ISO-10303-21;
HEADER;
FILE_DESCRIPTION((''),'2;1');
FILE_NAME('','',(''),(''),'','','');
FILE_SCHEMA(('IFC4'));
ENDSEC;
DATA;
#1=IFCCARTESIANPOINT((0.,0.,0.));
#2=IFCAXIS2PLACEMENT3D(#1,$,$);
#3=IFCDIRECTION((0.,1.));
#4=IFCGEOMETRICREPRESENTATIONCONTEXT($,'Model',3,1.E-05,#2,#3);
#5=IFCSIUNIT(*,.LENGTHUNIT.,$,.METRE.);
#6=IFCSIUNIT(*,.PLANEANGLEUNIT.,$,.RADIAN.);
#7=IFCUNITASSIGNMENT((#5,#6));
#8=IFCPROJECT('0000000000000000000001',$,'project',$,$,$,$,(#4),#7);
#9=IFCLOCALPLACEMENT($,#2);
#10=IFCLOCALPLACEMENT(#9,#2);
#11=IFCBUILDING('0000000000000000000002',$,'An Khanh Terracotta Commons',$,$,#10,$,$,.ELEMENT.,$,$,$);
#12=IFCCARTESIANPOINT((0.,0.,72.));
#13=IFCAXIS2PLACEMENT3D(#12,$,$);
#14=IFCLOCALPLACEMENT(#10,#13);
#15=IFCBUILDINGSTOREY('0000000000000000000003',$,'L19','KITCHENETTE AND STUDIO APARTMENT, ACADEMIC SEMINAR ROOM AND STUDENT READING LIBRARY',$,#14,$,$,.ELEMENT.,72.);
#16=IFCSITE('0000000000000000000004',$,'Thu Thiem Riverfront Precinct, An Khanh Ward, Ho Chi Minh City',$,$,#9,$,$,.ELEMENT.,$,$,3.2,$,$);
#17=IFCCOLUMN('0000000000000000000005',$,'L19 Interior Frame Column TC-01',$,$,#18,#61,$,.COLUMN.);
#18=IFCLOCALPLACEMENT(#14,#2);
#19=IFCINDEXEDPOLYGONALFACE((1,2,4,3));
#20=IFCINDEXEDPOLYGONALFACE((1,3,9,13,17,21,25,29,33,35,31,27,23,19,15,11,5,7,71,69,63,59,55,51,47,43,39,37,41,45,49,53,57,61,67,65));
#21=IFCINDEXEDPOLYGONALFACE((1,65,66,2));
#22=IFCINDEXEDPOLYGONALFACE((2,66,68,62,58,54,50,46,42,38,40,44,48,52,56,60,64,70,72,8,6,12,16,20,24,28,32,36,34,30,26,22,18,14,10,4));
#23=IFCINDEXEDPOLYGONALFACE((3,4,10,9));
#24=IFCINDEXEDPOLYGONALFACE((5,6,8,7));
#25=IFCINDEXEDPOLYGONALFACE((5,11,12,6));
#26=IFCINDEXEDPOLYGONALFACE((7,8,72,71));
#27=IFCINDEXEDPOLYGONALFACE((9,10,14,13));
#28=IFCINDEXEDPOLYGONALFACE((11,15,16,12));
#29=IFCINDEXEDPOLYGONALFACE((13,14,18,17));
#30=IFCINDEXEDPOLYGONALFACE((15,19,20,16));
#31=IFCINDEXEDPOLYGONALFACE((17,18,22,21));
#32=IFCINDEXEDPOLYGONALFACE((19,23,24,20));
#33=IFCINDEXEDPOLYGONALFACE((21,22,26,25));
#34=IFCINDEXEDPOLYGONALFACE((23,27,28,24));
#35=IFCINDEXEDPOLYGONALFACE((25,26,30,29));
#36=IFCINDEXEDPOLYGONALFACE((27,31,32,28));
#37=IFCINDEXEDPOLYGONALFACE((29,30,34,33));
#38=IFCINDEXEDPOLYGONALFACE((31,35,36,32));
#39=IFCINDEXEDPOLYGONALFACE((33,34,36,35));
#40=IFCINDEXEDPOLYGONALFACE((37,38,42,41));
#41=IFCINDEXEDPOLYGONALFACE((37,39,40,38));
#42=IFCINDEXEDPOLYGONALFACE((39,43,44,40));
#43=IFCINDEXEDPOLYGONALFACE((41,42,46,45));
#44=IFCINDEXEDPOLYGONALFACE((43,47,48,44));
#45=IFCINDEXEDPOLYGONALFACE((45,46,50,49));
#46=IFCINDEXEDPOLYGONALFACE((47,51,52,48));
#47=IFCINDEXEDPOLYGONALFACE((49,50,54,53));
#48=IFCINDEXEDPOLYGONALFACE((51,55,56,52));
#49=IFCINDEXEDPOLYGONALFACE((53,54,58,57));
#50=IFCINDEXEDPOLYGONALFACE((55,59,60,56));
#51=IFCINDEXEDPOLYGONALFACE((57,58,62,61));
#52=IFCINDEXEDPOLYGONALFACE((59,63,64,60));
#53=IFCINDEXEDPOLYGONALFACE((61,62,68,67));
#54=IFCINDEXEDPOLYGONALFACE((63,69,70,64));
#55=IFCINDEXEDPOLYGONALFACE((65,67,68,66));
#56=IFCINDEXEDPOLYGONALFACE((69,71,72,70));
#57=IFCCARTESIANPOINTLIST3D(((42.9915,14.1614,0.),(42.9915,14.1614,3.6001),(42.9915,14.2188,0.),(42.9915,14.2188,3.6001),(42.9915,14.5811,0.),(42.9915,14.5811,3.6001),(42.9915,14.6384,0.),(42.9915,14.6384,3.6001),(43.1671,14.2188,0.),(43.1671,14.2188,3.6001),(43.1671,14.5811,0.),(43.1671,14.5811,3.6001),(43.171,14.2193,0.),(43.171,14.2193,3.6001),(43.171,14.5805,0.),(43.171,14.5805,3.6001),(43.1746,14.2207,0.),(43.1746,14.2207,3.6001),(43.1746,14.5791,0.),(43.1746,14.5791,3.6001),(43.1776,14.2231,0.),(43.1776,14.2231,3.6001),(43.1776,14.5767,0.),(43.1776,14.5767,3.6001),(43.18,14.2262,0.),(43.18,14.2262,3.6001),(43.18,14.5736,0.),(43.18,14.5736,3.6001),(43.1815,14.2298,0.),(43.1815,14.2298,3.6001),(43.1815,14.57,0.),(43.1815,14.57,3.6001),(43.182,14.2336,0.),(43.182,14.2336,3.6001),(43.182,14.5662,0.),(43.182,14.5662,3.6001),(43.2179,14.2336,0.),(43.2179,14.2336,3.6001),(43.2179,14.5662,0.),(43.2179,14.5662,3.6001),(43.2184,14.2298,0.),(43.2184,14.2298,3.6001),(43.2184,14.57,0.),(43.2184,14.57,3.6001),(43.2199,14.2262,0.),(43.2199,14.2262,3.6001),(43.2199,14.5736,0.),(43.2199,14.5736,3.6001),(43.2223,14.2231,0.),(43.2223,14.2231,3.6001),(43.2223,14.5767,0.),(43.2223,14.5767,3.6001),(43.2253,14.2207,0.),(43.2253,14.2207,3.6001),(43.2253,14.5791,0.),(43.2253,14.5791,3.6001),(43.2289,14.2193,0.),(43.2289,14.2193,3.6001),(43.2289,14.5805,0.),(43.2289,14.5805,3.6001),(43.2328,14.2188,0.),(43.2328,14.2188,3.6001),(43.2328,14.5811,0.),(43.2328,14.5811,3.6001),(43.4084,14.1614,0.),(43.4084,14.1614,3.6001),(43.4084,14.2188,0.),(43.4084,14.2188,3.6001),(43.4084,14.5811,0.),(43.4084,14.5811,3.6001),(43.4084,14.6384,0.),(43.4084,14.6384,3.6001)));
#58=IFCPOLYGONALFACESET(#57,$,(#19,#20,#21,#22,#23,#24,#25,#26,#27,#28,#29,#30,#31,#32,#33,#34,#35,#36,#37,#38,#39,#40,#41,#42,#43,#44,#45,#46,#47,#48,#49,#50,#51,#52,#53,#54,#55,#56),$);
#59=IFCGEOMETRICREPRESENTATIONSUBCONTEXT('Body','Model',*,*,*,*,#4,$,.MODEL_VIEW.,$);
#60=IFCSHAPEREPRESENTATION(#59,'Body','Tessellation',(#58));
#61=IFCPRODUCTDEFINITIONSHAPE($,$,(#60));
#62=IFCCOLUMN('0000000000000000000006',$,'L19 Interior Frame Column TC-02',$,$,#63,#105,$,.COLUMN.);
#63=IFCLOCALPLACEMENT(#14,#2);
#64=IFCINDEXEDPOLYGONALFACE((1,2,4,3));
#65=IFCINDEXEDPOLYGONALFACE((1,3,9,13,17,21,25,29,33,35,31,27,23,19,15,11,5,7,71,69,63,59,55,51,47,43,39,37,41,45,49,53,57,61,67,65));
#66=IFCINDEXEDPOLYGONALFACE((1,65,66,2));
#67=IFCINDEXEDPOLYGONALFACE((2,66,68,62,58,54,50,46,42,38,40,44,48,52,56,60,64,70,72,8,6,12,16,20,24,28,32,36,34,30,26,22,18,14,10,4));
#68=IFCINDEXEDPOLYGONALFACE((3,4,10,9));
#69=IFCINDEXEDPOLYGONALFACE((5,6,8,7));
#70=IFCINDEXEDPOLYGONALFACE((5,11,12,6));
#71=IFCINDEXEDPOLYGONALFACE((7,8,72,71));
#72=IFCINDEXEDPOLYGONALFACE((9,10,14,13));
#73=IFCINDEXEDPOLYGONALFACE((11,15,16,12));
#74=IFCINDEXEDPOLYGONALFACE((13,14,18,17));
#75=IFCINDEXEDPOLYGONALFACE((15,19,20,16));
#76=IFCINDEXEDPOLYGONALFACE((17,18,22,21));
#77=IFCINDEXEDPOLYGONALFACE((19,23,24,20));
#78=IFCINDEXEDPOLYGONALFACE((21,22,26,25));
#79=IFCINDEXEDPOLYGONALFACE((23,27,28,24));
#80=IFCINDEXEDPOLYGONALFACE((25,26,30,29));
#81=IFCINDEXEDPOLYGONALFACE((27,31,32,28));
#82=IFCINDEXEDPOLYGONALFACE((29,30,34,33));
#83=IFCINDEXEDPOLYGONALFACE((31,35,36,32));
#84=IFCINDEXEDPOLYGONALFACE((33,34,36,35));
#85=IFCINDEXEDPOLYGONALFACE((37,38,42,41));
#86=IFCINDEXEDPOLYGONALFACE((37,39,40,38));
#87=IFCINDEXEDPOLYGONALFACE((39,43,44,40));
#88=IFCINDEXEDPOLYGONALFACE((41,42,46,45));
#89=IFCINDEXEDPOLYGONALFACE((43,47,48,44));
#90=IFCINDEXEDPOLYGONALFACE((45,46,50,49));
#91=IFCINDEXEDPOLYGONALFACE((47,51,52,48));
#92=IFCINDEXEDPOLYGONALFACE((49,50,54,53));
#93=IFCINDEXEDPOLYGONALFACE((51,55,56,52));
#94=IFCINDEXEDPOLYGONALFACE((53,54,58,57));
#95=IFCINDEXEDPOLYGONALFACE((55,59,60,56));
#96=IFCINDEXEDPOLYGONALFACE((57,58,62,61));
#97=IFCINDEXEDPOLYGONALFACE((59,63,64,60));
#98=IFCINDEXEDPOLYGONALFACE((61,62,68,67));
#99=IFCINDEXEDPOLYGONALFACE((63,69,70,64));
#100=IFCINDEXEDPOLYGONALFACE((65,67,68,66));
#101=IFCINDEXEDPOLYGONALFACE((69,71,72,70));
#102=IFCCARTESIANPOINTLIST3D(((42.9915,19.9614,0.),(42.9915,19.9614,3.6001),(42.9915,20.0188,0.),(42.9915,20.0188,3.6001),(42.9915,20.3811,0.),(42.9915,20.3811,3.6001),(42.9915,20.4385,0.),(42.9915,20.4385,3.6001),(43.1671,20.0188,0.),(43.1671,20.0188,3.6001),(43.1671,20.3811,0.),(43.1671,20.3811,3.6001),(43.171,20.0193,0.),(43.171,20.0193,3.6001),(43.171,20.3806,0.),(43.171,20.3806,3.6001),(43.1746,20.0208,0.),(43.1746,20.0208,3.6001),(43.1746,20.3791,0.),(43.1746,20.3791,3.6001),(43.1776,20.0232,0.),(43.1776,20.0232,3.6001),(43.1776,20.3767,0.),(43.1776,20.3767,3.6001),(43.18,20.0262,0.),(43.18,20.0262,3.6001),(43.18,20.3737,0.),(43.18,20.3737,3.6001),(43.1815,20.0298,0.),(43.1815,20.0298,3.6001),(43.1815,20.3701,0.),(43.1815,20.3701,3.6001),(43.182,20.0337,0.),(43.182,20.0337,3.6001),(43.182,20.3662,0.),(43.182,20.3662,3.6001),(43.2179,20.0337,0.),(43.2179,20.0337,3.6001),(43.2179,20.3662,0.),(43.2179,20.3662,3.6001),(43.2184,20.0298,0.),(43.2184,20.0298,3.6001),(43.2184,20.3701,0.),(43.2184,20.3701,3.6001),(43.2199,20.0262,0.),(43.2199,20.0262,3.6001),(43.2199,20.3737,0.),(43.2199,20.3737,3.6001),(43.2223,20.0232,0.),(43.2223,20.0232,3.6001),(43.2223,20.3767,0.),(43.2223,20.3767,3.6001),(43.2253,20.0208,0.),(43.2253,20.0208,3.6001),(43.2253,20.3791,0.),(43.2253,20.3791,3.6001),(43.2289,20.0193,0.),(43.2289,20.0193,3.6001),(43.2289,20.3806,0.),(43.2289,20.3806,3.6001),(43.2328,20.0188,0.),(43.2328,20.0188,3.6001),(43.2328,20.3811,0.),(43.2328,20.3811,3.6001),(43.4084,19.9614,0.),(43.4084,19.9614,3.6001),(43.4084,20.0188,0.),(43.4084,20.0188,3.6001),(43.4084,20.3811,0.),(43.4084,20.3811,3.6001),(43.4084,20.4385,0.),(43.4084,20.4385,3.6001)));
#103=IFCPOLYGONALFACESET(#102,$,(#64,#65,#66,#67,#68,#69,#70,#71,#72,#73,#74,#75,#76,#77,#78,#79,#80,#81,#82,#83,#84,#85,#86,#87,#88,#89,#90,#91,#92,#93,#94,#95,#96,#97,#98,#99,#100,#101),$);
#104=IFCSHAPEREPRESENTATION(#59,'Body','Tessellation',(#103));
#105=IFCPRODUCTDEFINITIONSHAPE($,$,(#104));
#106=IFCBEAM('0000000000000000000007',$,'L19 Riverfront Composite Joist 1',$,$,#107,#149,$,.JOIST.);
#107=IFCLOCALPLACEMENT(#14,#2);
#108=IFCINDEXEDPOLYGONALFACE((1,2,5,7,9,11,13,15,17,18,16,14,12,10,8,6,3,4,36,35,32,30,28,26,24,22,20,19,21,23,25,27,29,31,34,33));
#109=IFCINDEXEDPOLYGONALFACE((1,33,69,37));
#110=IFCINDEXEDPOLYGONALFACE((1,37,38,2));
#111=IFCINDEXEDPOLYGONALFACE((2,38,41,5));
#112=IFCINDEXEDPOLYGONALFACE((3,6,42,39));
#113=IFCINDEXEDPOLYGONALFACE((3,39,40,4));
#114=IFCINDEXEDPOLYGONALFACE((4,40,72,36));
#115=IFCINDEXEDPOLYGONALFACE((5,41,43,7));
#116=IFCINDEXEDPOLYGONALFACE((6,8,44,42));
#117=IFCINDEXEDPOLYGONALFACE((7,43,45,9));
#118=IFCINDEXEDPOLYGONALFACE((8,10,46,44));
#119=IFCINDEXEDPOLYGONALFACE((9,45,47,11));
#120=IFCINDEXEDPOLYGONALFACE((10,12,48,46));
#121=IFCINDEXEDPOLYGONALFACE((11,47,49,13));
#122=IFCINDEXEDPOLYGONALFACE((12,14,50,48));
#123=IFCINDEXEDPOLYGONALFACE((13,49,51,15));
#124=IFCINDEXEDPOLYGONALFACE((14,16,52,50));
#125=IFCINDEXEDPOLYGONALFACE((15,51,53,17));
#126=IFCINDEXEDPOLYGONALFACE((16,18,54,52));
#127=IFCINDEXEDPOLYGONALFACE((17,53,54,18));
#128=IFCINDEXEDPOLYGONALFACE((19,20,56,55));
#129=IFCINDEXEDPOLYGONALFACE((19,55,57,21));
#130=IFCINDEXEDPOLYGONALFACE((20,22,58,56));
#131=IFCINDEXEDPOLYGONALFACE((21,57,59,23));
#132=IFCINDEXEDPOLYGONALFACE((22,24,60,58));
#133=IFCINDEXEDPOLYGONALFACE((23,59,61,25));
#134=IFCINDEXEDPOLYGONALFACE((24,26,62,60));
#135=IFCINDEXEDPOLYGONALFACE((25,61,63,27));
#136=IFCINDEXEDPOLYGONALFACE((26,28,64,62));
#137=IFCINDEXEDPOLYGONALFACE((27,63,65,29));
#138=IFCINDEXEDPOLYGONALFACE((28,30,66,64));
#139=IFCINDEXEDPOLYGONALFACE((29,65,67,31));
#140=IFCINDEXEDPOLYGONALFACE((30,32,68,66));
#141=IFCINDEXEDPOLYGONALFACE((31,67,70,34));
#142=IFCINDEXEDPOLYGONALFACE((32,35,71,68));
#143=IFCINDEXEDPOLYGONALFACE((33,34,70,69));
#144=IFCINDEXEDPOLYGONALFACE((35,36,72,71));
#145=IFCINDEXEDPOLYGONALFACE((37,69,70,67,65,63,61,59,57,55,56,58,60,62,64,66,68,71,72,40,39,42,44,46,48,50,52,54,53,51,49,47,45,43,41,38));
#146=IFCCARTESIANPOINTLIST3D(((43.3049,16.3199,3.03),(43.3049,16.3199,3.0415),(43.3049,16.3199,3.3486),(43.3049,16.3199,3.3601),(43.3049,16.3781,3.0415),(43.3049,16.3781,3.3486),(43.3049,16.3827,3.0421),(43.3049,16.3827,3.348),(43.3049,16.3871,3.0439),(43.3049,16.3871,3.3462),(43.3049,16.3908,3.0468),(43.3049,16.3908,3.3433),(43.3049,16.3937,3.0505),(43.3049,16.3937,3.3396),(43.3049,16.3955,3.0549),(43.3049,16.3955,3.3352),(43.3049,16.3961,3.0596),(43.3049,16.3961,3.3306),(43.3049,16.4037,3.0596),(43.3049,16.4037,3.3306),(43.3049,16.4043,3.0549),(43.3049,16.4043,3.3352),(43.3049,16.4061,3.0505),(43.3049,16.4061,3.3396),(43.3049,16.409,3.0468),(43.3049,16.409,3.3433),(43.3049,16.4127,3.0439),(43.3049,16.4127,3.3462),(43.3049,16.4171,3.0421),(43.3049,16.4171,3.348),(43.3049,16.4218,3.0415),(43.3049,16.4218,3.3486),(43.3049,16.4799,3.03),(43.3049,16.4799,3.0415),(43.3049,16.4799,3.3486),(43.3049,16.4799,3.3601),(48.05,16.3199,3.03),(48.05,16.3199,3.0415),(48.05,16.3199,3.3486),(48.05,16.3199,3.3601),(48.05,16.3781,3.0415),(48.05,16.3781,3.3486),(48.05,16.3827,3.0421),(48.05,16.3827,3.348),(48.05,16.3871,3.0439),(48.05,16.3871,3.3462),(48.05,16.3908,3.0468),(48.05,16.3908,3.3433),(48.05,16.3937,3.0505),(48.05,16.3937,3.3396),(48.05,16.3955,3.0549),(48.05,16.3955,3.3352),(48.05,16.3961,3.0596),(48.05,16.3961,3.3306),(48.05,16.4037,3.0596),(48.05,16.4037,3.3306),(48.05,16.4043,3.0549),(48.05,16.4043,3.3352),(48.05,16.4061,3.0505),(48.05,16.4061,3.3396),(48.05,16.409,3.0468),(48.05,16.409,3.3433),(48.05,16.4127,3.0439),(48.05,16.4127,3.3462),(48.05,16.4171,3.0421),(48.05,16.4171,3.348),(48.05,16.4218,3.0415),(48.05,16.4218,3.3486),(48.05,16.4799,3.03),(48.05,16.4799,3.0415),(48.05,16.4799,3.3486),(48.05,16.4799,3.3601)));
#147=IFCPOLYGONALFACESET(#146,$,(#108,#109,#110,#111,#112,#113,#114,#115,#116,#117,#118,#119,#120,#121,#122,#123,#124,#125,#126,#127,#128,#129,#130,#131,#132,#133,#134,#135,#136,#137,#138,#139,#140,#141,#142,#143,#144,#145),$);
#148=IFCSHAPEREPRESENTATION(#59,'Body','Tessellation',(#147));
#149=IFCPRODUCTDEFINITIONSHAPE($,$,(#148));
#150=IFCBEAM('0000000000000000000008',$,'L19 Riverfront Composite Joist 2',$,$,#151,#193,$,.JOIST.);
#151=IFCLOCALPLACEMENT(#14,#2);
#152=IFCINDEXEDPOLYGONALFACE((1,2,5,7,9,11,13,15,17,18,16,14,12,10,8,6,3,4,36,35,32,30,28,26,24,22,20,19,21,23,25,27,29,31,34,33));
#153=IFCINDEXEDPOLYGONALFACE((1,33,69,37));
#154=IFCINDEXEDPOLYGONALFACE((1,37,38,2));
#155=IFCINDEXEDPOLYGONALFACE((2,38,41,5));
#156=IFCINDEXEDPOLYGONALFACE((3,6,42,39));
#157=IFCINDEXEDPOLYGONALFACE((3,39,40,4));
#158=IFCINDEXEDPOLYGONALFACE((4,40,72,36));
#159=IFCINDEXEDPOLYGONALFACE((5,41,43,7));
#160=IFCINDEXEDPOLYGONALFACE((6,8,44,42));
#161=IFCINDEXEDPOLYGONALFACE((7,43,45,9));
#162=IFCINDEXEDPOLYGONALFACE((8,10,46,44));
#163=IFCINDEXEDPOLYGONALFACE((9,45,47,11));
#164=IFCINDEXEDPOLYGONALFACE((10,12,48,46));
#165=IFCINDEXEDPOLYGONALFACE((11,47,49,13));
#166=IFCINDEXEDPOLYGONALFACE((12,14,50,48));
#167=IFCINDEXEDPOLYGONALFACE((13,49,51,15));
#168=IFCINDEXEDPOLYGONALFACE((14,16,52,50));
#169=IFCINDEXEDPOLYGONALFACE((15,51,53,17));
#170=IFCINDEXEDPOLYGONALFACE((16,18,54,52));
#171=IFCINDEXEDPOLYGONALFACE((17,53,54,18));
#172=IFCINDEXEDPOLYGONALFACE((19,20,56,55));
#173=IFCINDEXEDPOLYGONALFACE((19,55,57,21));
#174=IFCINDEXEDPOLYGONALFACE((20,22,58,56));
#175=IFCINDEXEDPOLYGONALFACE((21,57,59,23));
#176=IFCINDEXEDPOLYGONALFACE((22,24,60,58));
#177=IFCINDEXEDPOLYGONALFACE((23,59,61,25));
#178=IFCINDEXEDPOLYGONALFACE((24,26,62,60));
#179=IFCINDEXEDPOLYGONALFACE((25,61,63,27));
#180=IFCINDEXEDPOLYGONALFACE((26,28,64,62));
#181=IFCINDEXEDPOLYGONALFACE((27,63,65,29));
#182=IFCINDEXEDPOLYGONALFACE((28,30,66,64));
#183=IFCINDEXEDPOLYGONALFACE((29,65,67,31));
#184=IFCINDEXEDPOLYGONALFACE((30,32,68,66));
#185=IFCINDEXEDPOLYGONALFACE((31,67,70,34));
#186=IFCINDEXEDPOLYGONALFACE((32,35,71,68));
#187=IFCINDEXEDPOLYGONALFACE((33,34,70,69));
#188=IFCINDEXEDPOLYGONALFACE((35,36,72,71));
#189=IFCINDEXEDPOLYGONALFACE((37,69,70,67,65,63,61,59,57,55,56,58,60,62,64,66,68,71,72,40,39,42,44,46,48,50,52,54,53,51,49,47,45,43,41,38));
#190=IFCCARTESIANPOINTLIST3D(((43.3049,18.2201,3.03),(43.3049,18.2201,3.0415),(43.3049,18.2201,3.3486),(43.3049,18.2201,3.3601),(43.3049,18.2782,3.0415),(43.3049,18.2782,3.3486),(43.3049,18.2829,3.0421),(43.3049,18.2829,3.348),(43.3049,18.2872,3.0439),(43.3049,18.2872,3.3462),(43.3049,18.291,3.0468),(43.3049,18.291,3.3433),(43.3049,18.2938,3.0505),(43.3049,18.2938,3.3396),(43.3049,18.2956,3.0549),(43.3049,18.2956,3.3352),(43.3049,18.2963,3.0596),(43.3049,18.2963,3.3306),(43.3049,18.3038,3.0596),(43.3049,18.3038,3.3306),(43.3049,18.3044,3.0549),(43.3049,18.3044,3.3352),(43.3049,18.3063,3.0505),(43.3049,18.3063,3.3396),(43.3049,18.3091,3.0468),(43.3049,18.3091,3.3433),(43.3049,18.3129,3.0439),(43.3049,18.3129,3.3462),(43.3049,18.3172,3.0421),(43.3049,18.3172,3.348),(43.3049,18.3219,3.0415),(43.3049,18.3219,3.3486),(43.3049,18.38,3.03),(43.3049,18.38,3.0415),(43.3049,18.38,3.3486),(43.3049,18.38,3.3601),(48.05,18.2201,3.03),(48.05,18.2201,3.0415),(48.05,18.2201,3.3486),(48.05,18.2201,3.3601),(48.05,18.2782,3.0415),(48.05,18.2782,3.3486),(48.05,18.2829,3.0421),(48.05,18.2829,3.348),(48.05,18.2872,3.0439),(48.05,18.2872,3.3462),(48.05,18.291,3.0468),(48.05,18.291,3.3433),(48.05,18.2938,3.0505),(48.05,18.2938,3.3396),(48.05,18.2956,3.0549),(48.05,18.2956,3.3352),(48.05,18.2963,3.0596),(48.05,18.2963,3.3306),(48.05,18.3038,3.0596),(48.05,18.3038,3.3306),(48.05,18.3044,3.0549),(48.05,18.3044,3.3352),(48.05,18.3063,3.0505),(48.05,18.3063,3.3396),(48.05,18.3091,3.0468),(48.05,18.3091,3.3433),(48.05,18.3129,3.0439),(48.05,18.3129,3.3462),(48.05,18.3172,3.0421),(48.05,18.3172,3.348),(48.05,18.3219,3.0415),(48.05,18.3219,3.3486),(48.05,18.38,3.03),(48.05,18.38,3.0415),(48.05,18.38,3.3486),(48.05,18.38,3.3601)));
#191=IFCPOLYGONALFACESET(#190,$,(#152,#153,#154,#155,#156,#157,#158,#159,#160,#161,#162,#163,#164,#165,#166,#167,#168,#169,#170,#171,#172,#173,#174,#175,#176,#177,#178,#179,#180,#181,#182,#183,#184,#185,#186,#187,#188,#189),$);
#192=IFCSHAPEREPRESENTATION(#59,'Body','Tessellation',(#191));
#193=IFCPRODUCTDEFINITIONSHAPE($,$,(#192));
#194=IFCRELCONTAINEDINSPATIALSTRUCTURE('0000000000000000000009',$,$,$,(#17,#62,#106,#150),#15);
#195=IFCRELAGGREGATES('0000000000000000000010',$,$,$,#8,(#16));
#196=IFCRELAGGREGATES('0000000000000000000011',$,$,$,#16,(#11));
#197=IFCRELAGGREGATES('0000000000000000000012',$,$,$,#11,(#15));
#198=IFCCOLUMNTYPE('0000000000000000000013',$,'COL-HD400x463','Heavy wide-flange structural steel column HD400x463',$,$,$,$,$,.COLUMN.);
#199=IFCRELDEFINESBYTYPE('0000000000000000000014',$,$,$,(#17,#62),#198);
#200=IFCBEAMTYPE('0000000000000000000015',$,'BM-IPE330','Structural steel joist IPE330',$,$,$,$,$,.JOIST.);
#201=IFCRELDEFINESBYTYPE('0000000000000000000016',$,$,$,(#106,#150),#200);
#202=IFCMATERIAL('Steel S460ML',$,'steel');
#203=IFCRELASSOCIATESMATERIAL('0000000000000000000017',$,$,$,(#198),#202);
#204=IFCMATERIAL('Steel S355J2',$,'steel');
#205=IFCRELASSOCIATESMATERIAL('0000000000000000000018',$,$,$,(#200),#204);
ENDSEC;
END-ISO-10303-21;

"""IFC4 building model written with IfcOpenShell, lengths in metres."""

from ifc_helpers import new_model, si_unit, direction, frame, origin, origin_2d, place, context, subcontext, project, spatial, i_section, extrude, material, material_profile, profile_set, type_object, element, save


model = new_model("IFC4")

# Units and contexts
model_context = context("Model", 3, precision=1e-05, world=origin(), true_north=direction((0.0, 1.0)))
body_context = subcontext(model_context, "Body", "Model", "MODEL_VIEW")
ifc_project = project(units=[si_unit("LENGTHUNIT", "METRE"), si_unit("PLANEANGLEUNIT", "RADIAN")], contexts=[model_context])

# Site, building, storey
site_placement = place(None, origin())
site = spatial("IfcSite", under=ifc_project, at=site_placement, Name="Thu Thiem Riverfront Precinct, An Khanh Ward, Ho Chi Minh City", CompositionType="ELEMENT", RefElevation=3.2)
building_placement = place(site_placement, origin())
building = spatial("IfcBuilding", under=site, at=building_placement, Name="An Khanh Terracotta Commons", CompositionType="ELEMENT")
storey_placement = place(building_placement, frame((0.0, 0.0, 72.0)))
storey = spatial("IfcBuildingStorey", under=building, at=storey_placement, Name="L19", Description="KITCHENETTE AND STUDIO APARTMENT, ACADEMIC SEMINAR ROOM AND STUDENT READING LIBRARY", CompositionType="ELEMENT", Elevation=72.0)

# Columns
ifc_material_1 = material(Name="Steel S460ML", Category="steel")
ifc_material_profile_1 = material_profile(ifc_material_1, i_section(OverallWidth=0.417, OverallDepth=0.4771, WebThickness=0.0359, FlangeThickness=0.0574, FilletRadius=0.0149, at=origin_2d()), Name="HD400x463")
ifc_profile_set_1 = profile_set([ifc_material_profile_1], Name="Steel S460ML")
column_type = type_object("IfcColumnType", Name="COL-HD400x463", Description="Heavy wide-flange structural steel column HD400x463", PredefinedType="COLUMN", material=ifc_profile_set_1)
for number, where, z_axis, x_axis, name in (
    (1, (43.2, 14.3999, 0.0), (0.0, 0.0, 1.0), (1.0, 0.0, 0.0), "L19 Interior Frame Column TC-01"),
    (2, (43.2, 20.2, 0.0), (0.0, 0.0, 1.0), (1.0, 0.0, 0.0), "L19 Interior Frame Column TC-02"),
):
    element("IfcColumn", number, at=place(storey_placement, frame(where, z_axis=z_axis, x_axis=x_axis)), inside=storey, type_object=column_type, Name=name, PredefinedType="COLUMN", context=body_context, shape_type="SweptSolid", body=[
        extrude(i_section(OverallWidth=0.417, OverallDepth=0.4771, WebThickness=0.0359, FlangeThickness=0.0574, FilletRadius=0.0149, at=origin_2d()), origin(), (0.0, 0.0, 1.0), 3.6001),
    ])

# Beams
ifc_material_2 = material(Name="Steel S355J2", Category="steel")
ifc_material_profile_2 = material_profile(ifc_material_2, i_section(OverallWidth=0.1599, OverallDepth=0.3301, WebThickness=0.0076, FlangeThickness=0.0115, FilletRadius=0.0181, at=origin_2d()), Name="IPE330")
ifc_profile_set_2 = profile_set([ifc_material_profile_2], Name="Steel S355J2")
beam_type_1 = type_object("IfcBeamType", Name="BM-IPE330", Description="Structural steel joist IPE330", PredefinedType="JOIST", material=ifc_profile_set_2)
for number, where, z_axis, x_axis, name in (
    (3, (43.3049, 16.3999, 3.1951), (1.0, 0.0, 0.0), (0.0, 1.0, 0.0), "L19 Riverfront Composite Joist 1"),
    (4, (43.3049, 18.3, 3.1951), (1.0, 0.0, 0.0), (0.0, 1.0, 0.0), "L19 Riverfront Composite Joist 2"),
):
    element("IfcBeam", number, at=place(storey_placement, frame(where, z_axis=z_axis, x_axis=x_axis)), inside=storey, type_object=beam_type_1, Name=name, PredefinedType="JOIST", context=body_context, shape_type="SweptSolid", body=[
        extrude(i_section(OverallWidth=0.1599, OverallDepth=0.3301, WebThickness=0.0076, FlangeThickness=0.0115, FilletRadius=0.0181, at=origin_2d()), origin(), (0.0, 0.0, 1.0), 4.7451),
    ])

save(model, "model.ifc")
